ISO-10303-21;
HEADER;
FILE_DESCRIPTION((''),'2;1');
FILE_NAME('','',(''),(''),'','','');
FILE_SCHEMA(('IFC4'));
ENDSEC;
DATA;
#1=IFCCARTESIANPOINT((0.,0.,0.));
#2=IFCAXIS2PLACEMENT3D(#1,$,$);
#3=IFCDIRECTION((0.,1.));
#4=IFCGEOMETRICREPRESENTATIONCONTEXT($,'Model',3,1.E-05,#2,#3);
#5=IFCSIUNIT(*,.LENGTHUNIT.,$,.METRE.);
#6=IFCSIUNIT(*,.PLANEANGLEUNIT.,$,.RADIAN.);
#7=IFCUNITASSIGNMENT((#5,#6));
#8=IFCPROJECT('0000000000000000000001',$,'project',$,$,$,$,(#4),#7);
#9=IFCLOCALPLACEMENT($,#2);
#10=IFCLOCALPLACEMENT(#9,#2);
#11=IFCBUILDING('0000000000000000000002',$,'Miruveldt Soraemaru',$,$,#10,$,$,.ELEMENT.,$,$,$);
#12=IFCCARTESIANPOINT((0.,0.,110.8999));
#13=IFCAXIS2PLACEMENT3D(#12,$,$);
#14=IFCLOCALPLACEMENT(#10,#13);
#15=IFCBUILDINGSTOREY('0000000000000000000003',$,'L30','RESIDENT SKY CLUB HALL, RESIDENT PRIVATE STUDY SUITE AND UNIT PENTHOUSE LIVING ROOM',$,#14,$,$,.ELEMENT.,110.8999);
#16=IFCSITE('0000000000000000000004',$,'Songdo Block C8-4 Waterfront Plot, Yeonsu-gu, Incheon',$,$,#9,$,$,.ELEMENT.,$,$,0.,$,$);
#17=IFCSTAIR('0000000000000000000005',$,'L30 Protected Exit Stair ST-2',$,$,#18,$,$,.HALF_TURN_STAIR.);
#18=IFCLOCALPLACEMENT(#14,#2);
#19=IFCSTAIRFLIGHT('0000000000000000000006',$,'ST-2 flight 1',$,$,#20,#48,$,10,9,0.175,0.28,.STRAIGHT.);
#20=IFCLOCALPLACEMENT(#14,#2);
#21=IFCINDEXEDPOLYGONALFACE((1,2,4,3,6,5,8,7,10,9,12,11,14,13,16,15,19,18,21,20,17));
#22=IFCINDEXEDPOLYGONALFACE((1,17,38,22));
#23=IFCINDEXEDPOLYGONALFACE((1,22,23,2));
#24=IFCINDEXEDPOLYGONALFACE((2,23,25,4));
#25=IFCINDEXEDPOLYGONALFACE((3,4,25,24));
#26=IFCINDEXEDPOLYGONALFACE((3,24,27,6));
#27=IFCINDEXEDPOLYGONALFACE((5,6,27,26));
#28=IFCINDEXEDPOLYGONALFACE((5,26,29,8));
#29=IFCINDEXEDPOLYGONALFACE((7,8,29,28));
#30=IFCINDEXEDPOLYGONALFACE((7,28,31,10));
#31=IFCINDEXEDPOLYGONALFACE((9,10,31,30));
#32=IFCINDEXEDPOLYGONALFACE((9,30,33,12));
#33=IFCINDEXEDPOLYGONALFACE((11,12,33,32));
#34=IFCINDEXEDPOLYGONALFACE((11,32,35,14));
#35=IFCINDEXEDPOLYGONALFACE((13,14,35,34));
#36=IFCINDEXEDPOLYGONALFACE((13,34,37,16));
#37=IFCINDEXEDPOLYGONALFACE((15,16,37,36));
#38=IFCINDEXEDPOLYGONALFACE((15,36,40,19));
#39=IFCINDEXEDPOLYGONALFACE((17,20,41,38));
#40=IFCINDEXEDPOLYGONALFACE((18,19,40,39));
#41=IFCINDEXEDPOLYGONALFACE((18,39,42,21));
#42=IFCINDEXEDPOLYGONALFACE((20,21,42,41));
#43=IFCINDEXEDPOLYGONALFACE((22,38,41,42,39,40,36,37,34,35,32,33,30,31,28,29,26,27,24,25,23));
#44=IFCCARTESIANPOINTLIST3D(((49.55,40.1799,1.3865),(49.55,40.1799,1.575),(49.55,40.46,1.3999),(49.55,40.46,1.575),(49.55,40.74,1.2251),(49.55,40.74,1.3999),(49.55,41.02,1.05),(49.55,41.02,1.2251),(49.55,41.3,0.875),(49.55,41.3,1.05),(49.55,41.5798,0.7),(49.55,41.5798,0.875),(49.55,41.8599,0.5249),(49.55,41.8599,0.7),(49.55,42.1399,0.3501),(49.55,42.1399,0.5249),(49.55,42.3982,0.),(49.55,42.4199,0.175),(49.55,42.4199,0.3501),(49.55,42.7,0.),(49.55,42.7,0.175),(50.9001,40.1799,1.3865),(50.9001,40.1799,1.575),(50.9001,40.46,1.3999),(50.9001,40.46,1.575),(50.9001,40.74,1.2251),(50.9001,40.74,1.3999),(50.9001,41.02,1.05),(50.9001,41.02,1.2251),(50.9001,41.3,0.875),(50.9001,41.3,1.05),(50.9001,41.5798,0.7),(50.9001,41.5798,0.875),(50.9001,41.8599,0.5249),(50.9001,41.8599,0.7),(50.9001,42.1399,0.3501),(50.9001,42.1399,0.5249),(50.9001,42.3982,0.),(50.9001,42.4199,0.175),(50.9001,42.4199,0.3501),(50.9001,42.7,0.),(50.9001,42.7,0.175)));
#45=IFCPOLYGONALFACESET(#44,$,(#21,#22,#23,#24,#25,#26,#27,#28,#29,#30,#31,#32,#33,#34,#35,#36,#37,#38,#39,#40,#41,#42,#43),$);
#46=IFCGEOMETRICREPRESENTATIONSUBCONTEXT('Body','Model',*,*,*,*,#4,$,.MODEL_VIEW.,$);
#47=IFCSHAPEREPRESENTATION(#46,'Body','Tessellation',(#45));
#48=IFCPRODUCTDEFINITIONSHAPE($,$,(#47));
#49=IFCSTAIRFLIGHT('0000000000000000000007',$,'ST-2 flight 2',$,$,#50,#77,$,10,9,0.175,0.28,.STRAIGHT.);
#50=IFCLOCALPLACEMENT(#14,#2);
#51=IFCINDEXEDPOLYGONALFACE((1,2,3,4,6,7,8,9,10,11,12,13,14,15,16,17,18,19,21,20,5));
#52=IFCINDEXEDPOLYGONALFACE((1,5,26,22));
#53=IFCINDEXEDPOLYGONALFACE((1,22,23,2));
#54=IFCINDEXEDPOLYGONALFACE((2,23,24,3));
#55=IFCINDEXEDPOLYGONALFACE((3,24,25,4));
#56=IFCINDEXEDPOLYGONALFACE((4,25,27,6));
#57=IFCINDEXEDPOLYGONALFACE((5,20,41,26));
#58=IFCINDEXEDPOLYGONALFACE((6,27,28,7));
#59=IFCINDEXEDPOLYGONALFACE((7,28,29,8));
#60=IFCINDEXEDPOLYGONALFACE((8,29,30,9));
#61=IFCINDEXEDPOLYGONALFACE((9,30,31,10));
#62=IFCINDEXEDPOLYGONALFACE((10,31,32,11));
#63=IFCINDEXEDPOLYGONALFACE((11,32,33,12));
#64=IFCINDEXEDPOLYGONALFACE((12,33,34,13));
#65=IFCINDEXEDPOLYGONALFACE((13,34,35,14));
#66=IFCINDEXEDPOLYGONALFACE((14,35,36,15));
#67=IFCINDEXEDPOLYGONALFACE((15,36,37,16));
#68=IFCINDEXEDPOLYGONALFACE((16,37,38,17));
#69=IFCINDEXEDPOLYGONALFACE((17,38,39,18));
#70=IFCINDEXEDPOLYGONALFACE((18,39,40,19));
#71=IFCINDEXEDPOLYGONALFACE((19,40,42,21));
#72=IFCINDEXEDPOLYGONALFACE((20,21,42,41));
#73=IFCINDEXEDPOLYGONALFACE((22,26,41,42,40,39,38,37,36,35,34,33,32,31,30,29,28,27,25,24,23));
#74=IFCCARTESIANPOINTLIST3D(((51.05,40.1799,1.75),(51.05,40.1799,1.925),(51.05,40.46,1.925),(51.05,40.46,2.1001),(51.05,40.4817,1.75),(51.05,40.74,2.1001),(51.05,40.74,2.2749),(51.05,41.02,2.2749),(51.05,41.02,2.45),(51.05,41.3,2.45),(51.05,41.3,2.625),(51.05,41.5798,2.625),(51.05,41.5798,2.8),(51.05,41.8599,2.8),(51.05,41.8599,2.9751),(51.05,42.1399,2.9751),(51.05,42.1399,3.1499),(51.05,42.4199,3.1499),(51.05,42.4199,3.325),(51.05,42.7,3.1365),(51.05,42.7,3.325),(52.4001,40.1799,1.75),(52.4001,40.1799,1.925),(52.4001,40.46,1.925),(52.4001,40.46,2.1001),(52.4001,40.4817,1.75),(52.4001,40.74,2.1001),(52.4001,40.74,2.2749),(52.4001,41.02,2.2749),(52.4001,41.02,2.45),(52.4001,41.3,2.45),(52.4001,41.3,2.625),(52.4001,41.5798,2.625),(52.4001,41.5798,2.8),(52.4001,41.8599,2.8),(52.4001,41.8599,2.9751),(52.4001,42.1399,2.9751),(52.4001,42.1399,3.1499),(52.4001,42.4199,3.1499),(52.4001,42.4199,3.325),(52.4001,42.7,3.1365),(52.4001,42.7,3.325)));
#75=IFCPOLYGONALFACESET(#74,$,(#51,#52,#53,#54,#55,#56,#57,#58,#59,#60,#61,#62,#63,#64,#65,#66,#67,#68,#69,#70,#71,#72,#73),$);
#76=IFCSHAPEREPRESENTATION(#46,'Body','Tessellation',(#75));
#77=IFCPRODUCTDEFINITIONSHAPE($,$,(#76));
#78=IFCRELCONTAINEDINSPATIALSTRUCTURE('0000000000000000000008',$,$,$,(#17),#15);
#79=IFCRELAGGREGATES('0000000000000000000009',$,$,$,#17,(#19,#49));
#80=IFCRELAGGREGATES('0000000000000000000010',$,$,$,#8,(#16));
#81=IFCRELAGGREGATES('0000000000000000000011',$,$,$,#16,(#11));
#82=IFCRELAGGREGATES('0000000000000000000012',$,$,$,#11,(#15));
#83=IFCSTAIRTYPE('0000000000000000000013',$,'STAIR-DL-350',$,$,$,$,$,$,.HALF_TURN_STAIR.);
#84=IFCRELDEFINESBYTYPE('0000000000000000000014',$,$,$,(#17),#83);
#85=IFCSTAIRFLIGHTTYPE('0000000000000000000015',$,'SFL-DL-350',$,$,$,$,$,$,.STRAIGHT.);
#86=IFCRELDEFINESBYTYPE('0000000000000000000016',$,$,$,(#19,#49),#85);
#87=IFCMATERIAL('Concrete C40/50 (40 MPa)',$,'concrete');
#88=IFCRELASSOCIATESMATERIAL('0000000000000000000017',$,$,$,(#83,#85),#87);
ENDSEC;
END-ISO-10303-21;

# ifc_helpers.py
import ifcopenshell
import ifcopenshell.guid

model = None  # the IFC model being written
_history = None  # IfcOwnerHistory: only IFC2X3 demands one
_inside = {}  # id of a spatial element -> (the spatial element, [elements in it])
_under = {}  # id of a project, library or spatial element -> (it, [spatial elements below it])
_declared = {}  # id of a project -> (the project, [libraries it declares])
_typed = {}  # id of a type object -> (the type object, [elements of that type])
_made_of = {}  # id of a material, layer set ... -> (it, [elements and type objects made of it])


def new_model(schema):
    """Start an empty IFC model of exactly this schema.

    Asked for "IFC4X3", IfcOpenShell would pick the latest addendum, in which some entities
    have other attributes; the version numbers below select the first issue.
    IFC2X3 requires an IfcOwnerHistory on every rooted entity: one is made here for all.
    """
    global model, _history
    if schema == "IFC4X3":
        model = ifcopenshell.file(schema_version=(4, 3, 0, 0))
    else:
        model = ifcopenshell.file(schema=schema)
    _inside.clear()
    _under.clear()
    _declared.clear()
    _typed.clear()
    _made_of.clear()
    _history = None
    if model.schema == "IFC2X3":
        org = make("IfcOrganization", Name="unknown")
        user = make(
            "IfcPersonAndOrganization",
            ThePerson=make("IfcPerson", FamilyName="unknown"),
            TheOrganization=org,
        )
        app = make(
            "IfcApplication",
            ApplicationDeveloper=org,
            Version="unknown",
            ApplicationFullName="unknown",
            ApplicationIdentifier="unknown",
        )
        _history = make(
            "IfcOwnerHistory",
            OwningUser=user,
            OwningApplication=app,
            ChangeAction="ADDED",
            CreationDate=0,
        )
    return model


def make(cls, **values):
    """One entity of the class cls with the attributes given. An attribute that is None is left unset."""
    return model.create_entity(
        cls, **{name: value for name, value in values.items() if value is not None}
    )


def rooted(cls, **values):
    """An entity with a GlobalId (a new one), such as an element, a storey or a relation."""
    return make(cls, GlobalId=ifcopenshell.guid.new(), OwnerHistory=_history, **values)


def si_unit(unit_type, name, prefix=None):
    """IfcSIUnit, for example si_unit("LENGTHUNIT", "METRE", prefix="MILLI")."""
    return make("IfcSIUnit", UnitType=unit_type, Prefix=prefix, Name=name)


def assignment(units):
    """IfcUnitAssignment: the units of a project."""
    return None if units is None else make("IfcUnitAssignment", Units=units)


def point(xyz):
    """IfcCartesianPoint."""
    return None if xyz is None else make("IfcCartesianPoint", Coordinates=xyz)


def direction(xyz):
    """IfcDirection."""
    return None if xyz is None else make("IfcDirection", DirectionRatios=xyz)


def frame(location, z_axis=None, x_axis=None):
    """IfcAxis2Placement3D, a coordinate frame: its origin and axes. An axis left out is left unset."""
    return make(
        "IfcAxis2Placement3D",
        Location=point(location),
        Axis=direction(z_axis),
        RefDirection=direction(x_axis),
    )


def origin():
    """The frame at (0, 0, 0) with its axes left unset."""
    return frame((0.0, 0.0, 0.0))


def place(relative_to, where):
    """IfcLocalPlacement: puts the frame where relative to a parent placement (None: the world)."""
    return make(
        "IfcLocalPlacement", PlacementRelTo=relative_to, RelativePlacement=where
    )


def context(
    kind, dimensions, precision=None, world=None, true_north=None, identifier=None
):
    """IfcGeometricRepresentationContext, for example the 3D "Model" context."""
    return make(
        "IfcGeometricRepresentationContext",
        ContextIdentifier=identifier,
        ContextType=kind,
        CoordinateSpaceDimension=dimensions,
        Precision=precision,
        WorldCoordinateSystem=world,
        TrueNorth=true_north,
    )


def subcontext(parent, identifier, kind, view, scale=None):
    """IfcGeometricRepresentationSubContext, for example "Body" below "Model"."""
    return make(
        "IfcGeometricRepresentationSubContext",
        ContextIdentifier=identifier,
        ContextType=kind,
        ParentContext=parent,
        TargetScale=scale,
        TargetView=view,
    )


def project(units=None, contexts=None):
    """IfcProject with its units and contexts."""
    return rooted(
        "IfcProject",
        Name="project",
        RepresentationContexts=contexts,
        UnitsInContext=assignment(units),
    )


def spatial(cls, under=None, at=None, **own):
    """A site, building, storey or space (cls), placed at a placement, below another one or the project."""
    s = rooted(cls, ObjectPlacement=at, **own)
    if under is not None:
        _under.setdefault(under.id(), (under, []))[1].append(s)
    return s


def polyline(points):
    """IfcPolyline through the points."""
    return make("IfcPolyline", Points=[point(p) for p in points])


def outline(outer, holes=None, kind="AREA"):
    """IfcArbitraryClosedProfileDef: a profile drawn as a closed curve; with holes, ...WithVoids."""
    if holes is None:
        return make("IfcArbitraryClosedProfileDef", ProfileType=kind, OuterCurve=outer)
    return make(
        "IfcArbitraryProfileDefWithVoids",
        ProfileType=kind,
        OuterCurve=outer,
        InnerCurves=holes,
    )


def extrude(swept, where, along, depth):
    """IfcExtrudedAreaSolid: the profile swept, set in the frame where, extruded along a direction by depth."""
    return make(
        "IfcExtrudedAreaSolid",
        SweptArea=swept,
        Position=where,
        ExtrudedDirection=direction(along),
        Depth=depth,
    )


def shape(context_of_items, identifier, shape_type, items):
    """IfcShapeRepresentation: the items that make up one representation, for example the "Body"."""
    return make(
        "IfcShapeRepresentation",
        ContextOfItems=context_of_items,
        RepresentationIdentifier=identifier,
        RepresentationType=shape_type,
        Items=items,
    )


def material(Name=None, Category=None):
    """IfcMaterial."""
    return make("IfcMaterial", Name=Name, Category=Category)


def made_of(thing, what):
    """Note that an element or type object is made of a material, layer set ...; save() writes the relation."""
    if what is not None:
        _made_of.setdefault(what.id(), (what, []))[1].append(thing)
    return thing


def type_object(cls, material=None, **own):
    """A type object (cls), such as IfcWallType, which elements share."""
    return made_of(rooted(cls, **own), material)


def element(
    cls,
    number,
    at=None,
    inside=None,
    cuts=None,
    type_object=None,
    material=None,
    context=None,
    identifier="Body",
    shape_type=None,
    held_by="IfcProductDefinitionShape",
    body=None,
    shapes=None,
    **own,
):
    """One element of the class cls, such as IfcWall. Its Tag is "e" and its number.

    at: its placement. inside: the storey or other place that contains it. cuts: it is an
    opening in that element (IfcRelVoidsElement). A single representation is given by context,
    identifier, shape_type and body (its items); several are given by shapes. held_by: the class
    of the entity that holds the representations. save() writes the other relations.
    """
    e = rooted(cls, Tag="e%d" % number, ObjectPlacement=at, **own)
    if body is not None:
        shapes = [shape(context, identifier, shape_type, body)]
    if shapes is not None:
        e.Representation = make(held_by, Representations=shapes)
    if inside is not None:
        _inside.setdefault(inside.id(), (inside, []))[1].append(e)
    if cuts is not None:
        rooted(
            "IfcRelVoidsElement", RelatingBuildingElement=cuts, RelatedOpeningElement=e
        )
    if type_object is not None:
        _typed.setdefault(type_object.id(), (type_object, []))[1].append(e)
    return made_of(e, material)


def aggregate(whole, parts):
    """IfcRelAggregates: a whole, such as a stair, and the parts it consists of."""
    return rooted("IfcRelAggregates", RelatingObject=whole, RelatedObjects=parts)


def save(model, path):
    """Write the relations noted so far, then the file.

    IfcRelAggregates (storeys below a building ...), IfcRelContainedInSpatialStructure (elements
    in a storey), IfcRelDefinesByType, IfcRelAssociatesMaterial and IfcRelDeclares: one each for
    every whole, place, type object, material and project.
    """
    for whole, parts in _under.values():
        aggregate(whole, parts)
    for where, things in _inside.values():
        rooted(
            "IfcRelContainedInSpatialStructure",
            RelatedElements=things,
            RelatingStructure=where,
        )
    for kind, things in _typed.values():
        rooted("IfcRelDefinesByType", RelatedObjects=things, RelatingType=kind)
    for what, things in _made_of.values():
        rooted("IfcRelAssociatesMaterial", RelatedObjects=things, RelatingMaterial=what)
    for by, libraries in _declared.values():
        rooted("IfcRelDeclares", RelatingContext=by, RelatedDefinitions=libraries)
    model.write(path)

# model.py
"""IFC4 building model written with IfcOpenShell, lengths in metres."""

from ifc_helpers import new_model, si_unit, direction, frame, origin, place, context, subcontext, project, spatial, polyline, outline, extrude, material, type_object, element, aggregate, save


model = new_model("IFC4")

# Units and contexts
model_context = context("Model", 3, precision=1e-05, world=origin(), true_north=direction((0.0, 1.0)))
body_context = subcontext(model_context, "Body", "Model", "MODEL_VIEW")
ifc_project = project(units=[si_unit("LENGTHUNIT", "METRE"), si_unit("PLANEANGLEUNIT", "RADIAN")], contexts=[model_context])

# Site, building, storey
site_placement = place(None, origin())
site = spatial("IfcSite", under=ifc_project, at=site_placement, Name="Songdo Block C8-4 Waterfront Plot, Yeonsu-gu, Incheon", CompositionType="ELEMENT", RefElevation=0.0)
building_placement = place(site_placement, origin())
building = spatial("IfcBuilding", under=site, at=building_placement, Name="Miruveldt Soraemaru", CompositionType="ELEMENT")
storey_placement = place(building_placement, frame((0.0, 0.0, 110.8999)))
storey = spatial("IfcBuildingStorey", under=building, at=storey_placement, Name="L30", Description="RESIDENT SKY CLUB HALL, RESIDENT PRIVATE STUDY SUITE AND UNIT PENTHOUSE LIVING ROOM", CompositionType="ELEMENT", Elevation=110.8999)

# Shared definitions
ifc_material_1 = material(Name="Concrete C40/50 (40 MPa)", Category="concrete")

# Stair, stair flights
stair_type = type_object("IfcStairType", Name="STAIR-DL-350", PredefinedType="HALF_TURN_STAIR", material=ifc_material_1)
stair_placement = place(storey_placement, origin())
stair = element("IfcStair", 1, at=stair_placement, inside=storey, type_object=stair_type, Name="L30 Protected Exit Stair ST-2", PredefinedType="HALF_TURN_STAIR")
stair_flight_type = type_object("IfcStairFlightType", Name="SFL-DL-350", PredefinedType="STRAIGHT", material=ifc_material_1)
stair_flight_1_placement = place(storey_placement, frame((50.2251, 42.7, 0.0), z_axis=(0.0, 0.0, 1.0), x_axis=(0.0, -1.0, 0.0)))
stair_flight_1 = element("IfcStairFlight", 2, at=stair_flight_1_placement, type_object=stair_flight_type, Name="ST-2 flight 1", NumberOfRisers=10, NumberOfTreads=9, PredefinedType="STRAIGHT", RiserHeight=0.175, TreadLength=0.28, context=body_context, shape_type="SweptSolid", body=[
    extrude(outline(polyline([(0.0, 0.0), (0.0, 0.175), (0.28, 0.175), (0.28, 0.3501), (0.5601, 0.3501), (0.5601, 0.5249), (0.8401, 0.5249), (0.8401, 0.7), (1.1201, 0.7), (1.1201, 0.875), (1.3999, 0.875), (1.3999, 1.05), (1.6799, 1.05), (1.6799, 1.2251), (1.96, 1.2251), (1.96, 1.3999), (2.24, 1.3999), (2.24, 1.575), (2.52, 1.575), (2.52, 1.75), (2.52, 1.3865), (0.3018, 0.0), (0.0, 0.0)])), frame((0.0, 0.675, 0.0), z_axis=(0.0, -1.0, 0.0), x_axis=(1.0, 0.0, 0.0)), (0.0, 0.0, 1.0), 1.3501),
])
stair_flight_2_placement = place(storey_placement, frame((51.7251, 40.1799, 1.75), z_axis=(0.0, 0.0, 1.0), x_axis=(0.0, 1.0, 0.0)))
stair_flight_2 = element("IfcStairFlight", 3, at=stair_flight_2_placement, type_object=stair_flight_type, Name="ST-2 flight 2", NumberOfRisers=10, NumberOfTreads=9, PredefinedType="STRAIGHT", RiserHeight=0.175, TreadLength=0.28, context=body_context, shape_type="SweptSolid", body=[
    extrude(outline(polyline([(0.0, 0.0), (0.0, 0.175), (0.28, 0.175), (0.28, 0.3501), (0.5601, 0.3501), (0.5601, 0.5249), (0.8401, 0.5249), (0.8401, 0.7), (1.1201, 0.7), (1.1201, 0.875), (1.3999, 0.875), (1.3999, 1.05), (1.6799, 1.05), (1.6799, 1.2251), (1.96, 1.2251), (1.96, 1.3999), (2.24, 1.3999), (2.24, 1.575), (2.52, 1.575), (2.52, 1.75), (2.52, 1.3865), (0.3018, 0.0), (0.0, 0.0)])), frame((0.0, 0.675, 0.0), z_axis=(0.0, -1.0, 0.0), x_axis=(1.0, 0.0, 0.0)), (0.0, 0.0, 1.0), 1.3501),
])
aggregate(stair, [stair_flight_1, stair_flight_2])

save(model, "model.ifc")
